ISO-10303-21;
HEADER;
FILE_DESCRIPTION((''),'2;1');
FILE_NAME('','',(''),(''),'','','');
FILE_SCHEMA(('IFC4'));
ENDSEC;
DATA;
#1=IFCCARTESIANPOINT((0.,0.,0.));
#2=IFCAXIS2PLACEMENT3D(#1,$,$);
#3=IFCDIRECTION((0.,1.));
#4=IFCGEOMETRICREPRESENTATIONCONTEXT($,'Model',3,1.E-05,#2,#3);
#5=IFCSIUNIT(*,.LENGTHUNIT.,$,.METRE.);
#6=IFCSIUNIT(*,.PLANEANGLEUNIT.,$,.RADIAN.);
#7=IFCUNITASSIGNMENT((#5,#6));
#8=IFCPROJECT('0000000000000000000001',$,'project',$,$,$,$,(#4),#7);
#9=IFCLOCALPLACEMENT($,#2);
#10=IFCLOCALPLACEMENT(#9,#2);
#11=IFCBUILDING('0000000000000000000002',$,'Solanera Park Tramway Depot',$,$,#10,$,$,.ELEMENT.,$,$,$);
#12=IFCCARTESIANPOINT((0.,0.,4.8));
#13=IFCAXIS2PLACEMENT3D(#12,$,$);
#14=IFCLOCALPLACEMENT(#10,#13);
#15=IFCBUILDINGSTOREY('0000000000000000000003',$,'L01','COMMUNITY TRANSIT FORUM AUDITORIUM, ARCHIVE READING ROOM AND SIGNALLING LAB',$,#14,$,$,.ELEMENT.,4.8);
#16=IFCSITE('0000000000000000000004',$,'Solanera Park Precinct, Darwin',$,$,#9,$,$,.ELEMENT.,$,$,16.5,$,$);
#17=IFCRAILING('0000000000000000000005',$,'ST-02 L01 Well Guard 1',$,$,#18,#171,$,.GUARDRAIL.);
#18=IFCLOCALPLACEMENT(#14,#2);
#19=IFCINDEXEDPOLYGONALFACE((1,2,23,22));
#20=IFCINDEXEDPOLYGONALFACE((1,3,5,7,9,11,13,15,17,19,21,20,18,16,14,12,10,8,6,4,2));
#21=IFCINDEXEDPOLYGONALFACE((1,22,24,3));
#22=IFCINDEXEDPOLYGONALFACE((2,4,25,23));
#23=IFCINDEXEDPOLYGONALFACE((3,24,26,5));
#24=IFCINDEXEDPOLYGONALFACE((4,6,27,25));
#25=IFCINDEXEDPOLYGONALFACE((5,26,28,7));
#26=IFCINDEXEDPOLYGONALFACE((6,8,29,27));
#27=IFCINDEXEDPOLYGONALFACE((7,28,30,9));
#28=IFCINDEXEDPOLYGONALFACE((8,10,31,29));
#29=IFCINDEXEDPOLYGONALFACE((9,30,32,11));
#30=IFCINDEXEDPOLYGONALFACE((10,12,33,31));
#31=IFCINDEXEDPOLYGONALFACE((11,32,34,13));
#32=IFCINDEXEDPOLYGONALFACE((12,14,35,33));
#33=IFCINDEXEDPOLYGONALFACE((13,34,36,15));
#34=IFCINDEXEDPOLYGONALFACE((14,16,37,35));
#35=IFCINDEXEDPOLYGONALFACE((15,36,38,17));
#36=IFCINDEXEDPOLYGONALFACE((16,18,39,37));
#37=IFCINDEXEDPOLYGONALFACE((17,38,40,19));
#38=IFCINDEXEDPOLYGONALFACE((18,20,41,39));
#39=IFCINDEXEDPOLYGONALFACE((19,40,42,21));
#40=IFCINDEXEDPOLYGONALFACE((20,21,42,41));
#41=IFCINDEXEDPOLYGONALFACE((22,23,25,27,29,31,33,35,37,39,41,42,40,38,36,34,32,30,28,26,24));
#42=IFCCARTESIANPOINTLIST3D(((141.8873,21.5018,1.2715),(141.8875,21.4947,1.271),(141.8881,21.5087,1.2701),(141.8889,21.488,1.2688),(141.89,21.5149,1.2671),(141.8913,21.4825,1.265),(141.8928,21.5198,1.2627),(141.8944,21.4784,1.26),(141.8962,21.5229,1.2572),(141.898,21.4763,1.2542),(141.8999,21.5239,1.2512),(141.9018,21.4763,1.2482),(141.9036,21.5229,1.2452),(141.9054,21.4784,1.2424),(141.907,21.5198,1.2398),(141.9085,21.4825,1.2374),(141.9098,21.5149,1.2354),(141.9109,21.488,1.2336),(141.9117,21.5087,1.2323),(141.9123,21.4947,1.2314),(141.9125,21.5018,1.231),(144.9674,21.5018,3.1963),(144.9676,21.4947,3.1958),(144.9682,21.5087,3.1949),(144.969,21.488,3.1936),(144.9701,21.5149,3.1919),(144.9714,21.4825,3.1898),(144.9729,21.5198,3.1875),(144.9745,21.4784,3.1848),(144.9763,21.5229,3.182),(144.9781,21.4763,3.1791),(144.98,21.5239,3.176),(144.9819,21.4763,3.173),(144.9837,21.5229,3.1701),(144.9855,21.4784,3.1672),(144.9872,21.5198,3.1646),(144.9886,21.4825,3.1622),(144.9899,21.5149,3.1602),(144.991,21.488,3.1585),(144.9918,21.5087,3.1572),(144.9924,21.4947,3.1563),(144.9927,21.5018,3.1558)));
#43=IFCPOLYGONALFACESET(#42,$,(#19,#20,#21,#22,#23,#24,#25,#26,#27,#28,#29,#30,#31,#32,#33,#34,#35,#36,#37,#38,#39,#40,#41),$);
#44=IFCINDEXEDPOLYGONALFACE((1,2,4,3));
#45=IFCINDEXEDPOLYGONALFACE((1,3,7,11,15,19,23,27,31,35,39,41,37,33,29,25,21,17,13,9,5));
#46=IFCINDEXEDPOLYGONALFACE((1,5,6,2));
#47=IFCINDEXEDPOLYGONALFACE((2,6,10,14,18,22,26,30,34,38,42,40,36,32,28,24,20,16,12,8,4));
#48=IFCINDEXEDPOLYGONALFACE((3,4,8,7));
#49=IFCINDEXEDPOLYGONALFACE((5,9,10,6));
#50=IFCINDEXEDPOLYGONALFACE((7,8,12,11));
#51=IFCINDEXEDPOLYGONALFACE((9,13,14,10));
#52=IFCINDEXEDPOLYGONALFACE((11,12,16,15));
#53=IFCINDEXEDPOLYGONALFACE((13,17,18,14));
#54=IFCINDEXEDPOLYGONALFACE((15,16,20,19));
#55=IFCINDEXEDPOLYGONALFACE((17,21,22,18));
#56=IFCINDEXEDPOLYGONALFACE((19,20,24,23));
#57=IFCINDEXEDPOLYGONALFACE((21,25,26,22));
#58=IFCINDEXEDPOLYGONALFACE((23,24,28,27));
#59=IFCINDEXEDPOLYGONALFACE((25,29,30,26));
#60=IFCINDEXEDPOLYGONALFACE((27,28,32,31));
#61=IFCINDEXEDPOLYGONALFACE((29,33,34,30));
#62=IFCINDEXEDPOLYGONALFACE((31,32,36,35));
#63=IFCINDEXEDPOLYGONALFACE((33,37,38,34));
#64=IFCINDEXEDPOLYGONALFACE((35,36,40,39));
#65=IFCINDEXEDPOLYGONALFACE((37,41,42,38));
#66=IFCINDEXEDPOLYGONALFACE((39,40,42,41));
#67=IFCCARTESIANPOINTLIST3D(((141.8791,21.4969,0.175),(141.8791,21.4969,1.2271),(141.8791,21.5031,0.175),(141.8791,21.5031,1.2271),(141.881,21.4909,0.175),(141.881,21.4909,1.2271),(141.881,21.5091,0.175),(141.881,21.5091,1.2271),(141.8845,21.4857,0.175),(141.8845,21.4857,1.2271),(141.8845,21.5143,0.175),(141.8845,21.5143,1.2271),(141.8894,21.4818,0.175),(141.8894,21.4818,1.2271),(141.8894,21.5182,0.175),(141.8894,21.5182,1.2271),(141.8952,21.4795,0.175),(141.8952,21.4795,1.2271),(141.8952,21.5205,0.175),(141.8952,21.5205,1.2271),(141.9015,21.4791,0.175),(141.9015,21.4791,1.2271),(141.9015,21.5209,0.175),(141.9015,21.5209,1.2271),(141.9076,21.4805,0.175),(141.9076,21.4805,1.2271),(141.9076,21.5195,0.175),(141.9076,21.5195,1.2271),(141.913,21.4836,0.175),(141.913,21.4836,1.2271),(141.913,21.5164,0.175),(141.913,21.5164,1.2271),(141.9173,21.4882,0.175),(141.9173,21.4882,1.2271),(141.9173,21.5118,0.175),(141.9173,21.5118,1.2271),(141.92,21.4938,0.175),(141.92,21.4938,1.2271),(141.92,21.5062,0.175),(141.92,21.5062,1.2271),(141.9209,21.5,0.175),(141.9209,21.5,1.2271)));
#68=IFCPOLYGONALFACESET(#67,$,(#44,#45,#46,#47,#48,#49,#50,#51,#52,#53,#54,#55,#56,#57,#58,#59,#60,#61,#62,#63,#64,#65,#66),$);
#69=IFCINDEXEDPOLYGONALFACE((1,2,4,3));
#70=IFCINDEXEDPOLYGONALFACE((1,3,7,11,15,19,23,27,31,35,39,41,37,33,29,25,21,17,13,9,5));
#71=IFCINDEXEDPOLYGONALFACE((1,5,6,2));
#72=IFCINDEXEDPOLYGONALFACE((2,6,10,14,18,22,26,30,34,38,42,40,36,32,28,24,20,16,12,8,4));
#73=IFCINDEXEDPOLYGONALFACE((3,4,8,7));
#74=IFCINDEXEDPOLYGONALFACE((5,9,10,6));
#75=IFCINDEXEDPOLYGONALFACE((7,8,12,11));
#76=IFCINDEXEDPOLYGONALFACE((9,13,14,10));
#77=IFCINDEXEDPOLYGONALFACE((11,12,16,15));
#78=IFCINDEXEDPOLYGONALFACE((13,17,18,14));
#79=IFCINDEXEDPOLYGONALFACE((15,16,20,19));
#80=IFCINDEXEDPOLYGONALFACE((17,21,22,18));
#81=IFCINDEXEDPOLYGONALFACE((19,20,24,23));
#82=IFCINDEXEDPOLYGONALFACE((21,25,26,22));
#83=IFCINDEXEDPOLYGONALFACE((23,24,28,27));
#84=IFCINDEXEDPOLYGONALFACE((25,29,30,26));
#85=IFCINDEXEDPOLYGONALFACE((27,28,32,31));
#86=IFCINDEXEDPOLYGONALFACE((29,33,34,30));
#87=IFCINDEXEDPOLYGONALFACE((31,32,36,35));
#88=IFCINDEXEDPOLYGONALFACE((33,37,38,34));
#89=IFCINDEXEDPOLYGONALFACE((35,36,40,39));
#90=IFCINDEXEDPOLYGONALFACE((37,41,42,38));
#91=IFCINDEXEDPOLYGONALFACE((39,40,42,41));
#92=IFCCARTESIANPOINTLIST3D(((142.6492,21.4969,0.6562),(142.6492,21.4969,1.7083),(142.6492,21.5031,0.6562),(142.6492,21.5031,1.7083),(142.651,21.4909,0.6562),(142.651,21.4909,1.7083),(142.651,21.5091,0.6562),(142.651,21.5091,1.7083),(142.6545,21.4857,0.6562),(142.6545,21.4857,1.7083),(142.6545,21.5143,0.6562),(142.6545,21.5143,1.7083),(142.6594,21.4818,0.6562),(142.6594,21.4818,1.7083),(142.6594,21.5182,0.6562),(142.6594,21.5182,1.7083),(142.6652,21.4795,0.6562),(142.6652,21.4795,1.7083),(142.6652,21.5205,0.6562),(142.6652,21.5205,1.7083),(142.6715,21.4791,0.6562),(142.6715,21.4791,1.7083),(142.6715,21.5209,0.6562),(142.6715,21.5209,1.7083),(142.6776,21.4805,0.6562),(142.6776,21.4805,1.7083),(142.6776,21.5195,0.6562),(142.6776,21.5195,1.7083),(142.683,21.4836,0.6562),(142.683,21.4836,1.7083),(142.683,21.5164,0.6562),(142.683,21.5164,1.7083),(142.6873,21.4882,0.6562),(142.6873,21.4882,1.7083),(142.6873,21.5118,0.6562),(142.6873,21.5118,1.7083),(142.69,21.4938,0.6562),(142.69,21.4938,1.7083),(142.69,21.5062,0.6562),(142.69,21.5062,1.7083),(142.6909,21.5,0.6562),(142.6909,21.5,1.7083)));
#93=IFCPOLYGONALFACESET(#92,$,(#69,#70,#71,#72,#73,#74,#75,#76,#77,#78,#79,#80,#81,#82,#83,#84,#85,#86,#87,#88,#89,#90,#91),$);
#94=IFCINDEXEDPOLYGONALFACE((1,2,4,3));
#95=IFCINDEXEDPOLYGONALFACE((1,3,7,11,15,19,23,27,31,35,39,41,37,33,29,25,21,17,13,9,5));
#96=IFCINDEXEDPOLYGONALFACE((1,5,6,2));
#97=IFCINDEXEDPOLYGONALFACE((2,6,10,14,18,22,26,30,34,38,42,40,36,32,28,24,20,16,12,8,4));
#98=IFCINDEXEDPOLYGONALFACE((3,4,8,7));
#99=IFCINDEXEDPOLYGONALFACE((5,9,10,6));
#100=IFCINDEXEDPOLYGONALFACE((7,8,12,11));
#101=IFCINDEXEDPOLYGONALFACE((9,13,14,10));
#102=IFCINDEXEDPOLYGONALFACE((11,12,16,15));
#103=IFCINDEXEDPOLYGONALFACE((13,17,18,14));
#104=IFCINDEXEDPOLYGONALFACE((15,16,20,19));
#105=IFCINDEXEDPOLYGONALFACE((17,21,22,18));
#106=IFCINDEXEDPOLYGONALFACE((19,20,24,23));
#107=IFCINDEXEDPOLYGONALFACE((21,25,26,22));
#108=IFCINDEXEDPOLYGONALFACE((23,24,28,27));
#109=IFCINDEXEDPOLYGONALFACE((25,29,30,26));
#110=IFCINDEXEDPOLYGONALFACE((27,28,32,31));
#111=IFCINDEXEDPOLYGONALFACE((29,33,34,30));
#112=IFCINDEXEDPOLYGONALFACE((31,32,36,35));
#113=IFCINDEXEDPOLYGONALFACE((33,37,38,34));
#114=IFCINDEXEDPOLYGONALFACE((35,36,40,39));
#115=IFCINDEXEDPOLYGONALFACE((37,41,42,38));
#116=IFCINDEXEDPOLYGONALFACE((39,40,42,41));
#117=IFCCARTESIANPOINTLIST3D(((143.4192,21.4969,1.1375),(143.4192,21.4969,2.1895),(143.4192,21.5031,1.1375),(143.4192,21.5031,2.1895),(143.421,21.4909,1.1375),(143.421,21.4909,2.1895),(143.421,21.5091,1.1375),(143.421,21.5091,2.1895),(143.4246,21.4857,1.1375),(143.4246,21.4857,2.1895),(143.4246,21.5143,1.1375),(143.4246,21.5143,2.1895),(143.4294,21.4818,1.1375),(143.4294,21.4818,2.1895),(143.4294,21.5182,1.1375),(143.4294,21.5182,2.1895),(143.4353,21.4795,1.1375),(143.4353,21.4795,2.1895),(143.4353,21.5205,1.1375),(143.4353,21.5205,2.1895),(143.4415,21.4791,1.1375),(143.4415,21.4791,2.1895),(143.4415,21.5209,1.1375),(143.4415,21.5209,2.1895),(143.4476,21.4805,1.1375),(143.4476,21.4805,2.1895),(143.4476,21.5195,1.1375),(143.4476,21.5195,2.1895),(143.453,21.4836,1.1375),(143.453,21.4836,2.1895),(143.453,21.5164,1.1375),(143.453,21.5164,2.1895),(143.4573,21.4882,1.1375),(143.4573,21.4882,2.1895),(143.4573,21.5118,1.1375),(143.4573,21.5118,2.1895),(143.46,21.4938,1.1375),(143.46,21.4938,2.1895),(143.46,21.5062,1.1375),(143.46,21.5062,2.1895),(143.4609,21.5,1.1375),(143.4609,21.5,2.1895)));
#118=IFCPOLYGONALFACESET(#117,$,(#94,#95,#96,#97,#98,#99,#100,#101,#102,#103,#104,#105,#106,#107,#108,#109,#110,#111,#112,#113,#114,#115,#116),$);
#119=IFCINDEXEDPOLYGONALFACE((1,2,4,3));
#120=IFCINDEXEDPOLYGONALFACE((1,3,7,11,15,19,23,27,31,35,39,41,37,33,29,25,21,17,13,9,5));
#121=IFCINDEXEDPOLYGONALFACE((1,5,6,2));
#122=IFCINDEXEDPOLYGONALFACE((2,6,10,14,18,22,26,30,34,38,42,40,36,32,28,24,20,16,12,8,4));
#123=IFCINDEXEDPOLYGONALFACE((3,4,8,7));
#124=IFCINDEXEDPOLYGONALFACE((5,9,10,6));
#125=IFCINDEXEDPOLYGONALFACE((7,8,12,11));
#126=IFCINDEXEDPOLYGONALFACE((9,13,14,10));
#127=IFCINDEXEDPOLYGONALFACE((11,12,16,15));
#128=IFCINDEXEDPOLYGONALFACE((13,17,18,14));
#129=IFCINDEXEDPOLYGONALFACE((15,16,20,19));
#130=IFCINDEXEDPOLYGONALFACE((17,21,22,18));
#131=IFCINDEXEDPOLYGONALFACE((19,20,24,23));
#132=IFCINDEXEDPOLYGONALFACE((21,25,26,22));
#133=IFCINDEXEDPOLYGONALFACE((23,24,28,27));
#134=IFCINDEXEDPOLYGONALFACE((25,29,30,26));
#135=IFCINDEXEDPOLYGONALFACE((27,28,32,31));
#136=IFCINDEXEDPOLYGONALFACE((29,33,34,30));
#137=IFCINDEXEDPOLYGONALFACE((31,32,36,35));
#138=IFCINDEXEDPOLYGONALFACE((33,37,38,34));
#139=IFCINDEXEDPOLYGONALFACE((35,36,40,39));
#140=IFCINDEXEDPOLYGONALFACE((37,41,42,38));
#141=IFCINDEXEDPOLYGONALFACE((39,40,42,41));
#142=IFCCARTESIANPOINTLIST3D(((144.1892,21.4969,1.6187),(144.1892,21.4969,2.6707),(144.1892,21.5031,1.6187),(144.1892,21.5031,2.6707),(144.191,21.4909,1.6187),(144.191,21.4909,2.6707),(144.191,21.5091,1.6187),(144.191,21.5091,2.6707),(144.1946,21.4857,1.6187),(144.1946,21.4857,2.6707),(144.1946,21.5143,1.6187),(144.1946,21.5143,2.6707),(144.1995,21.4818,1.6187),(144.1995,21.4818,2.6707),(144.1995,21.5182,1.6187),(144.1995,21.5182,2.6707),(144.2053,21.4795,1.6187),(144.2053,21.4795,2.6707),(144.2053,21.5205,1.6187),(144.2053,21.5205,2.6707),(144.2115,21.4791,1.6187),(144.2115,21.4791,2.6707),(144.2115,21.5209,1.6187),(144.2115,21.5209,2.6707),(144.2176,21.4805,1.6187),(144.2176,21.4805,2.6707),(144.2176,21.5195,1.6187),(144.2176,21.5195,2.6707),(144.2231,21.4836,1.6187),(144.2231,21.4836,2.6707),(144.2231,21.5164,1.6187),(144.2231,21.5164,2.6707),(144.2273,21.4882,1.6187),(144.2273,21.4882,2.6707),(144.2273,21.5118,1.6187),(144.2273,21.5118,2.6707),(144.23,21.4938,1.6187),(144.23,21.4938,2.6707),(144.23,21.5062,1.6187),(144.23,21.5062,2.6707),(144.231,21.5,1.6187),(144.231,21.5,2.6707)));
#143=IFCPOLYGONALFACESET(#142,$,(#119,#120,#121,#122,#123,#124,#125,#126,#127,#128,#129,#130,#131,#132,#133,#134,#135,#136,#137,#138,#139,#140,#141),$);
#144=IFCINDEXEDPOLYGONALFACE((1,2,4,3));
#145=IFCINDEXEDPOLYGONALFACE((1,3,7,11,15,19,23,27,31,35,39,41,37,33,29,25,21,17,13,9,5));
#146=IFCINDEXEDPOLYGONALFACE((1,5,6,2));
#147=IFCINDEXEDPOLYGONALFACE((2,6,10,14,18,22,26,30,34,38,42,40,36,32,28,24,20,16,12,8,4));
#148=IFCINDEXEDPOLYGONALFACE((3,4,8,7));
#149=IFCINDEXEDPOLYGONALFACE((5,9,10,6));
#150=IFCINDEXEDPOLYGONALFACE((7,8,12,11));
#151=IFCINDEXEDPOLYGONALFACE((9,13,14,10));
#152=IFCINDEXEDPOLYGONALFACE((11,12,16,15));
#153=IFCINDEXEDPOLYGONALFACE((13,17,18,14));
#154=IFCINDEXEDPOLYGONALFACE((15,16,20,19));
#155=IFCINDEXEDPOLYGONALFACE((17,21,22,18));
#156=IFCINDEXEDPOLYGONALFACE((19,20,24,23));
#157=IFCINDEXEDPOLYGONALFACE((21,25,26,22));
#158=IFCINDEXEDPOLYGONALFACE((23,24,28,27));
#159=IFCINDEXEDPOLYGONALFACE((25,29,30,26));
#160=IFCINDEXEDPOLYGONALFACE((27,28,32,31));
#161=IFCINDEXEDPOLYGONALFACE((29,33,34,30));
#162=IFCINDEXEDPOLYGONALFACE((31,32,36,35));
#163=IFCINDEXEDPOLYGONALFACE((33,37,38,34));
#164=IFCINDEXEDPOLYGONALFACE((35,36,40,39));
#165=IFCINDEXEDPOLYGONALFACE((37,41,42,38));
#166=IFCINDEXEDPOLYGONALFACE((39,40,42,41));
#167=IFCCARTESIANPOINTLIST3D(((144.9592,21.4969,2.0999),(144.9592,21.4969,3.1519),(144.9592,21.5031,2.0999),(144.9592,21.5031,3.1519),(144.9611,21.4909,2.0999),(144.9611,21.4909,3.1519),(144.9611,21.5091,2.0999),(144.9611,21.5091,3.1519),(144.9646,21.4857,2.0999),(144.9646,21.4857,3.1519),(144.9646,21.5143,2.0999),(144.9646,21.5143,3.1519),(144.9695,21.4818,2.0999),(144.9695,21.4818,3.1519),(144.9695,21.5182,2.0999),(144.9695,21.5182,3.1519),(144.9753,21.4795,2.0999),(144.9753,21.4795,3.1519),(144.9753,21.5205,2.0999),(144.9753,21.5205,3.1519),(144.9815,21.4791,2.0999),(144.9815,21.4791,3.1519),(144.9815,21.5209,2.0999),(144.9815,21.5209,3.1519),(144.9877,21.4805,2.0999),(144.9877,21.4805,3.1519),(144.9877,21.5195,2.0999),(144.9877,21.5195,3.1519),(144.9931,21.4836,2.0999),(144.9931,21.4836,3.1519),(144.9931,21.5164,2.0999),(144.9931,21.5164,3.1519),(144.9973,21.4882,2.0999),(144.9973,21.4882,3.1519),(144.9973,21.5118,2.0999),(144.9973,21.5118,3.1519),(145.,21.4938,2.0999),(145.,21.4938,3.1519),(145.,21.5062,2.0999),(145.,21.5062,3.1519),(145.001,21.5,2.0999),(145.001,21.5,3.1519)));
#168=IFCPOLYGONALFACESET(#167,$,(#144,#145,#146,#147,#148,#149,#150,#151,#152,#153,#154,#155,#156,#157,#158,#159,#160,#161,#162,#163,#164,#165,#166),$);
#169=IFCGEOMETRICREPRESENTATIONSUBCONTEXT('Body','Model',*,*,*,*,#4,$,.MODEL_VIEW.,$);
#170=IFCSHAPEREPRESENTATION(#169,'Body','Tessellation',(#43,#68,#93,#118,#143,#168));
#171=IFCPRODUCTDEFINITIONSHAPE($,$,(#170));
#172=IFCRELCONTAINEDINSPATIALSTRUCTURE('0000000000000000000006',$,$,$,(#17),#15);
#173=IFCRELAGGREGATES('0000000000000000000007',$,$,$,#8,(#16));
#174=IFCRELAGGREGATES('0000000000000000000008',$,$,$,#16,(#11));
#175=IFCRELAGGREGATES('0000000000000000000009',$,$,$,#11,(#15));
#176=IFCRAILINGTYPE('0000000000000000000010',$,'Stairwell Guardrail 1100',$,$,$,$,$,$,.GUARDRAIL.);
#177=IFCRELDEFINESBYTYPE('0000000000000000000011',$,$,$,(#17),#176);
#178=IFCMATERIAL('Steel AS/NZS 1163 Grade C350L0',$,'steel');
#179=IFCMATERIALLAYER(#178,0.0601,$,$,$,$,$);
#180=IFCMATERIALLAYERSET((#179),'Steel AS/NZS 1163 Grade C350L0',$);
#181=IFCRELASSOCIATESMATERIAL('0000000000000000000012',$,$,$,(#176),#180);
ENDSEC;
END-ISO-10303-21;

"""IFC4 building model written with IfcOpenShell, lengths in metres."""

from ifc_helpers import new_model, si_unit, direction, frame, origin, origin_2d, place, context, subcontext, project, spatial, circle, extrude, material, layer, layer_set, type_object, element, save


model = new_model("IFC4")

# Units and contexts
model_context = context("Model", 3, precision=1e-05, world=origin(), true_north=direction((0.0, 1.0)))
body_context = subcontext(model_context, "Body", "Model", "MODEL_VIEW")
ifc_project = project(units=[si_unit("LENGTHUNIT", "METRE"), si_unit("PLANEANGLEUNIT", "RADIAN")], contexts=[model_context])

# Site, building, storey
site_placement = place(None, origin())
site = spatial("IfcSite", under=ifc_project, at=site_placement, Name="Solanera Park Precinct, Darwin", CompositionType="ELEMENT", RefElevation=16.5)
building_placement = place(site_placement, origin())
building = spatial("IfcBuilding", under=site, at=building_placement, Name="Solanera Park Tramway Depot", CompositionType="ELEMENT")
storey_placement = place(building_placement, frame((0.0, 0.0, 4.8)))
storey = spatial("IfcBuildingStorey", under=building, at=storey_placement, Name="L01", Description="COMMUNITY TRANSIT FORUM AUDITORIUM, ARCHIVE READING ROOM AND SIGNALLING LAB", CompositionType="ELEMENT", Elevation=4.8)

# Railing
ifc_material_1 = material(Name="Steel AS/NZS 1163 Grade C350L0", Category="steel")
ifc_layer_1 = layer(ifc_material_1, 0.0601)
ifc_layer_set_1 = layer_set([ifc_layer_1], Name="Steel AS/NZS 1163 Grade C350L0")
railing_type_1 = type_object("IfcRailingType", Name="Stairwell Guardrail 1100", PredefinedType="GUARDRAIL", material=ifc_layer_set_1)
railing_1_placement = place(storey_placement, frame((141.8999, 21.5, 0.175)))
element("IfcRailing", 1, at=railing_1_placement, inside=storey, type_object=railing_type_1, Name="ST-02 L01 Well Guard 1", PredefinedType="GUARDRAIL", context=body_context, shape_type="SweptSolid", body=[
    extrude(circle(Radius=0.0239, at=origin_2d()), frame((0.0, 0.0, 1.0762), z_axis=(0.848029, 0.0, 0.529951), x_axis=(0.0, 1.0, 0.0)), (0.0, 0.0, 1.0), 3.6321),
    extrude(circle(Radius=0.021, at=origin_2d()), origin(), (0.0, 0.0, 1.0), 1.052),
    extrude(circle(Radius=0.021, at=origin_2d()), frame((0.77, 0.0, 0.4812)), (0.0, 0.0, 1.0), 1.052),
    extrude(circle(Radius=0.021, at=origin_2d()), frame((1.54, 0.0, 0.9624)), (0.0, 0.0, 1.0), 1.052),
    extrude(circle(Radius=0.021, at=origin_2d()), frame((2.3101, 0.0, 1.4436)), (0.0, 0.0, 1.0), 1.052),
    extrude(circle(Radius=0.021, at=origin_2d()), frame((3.0801, 0.0, 1.9248)), (0.0, 0.0, 1.0), 1.052),
])

save(model, "model.ifc")
